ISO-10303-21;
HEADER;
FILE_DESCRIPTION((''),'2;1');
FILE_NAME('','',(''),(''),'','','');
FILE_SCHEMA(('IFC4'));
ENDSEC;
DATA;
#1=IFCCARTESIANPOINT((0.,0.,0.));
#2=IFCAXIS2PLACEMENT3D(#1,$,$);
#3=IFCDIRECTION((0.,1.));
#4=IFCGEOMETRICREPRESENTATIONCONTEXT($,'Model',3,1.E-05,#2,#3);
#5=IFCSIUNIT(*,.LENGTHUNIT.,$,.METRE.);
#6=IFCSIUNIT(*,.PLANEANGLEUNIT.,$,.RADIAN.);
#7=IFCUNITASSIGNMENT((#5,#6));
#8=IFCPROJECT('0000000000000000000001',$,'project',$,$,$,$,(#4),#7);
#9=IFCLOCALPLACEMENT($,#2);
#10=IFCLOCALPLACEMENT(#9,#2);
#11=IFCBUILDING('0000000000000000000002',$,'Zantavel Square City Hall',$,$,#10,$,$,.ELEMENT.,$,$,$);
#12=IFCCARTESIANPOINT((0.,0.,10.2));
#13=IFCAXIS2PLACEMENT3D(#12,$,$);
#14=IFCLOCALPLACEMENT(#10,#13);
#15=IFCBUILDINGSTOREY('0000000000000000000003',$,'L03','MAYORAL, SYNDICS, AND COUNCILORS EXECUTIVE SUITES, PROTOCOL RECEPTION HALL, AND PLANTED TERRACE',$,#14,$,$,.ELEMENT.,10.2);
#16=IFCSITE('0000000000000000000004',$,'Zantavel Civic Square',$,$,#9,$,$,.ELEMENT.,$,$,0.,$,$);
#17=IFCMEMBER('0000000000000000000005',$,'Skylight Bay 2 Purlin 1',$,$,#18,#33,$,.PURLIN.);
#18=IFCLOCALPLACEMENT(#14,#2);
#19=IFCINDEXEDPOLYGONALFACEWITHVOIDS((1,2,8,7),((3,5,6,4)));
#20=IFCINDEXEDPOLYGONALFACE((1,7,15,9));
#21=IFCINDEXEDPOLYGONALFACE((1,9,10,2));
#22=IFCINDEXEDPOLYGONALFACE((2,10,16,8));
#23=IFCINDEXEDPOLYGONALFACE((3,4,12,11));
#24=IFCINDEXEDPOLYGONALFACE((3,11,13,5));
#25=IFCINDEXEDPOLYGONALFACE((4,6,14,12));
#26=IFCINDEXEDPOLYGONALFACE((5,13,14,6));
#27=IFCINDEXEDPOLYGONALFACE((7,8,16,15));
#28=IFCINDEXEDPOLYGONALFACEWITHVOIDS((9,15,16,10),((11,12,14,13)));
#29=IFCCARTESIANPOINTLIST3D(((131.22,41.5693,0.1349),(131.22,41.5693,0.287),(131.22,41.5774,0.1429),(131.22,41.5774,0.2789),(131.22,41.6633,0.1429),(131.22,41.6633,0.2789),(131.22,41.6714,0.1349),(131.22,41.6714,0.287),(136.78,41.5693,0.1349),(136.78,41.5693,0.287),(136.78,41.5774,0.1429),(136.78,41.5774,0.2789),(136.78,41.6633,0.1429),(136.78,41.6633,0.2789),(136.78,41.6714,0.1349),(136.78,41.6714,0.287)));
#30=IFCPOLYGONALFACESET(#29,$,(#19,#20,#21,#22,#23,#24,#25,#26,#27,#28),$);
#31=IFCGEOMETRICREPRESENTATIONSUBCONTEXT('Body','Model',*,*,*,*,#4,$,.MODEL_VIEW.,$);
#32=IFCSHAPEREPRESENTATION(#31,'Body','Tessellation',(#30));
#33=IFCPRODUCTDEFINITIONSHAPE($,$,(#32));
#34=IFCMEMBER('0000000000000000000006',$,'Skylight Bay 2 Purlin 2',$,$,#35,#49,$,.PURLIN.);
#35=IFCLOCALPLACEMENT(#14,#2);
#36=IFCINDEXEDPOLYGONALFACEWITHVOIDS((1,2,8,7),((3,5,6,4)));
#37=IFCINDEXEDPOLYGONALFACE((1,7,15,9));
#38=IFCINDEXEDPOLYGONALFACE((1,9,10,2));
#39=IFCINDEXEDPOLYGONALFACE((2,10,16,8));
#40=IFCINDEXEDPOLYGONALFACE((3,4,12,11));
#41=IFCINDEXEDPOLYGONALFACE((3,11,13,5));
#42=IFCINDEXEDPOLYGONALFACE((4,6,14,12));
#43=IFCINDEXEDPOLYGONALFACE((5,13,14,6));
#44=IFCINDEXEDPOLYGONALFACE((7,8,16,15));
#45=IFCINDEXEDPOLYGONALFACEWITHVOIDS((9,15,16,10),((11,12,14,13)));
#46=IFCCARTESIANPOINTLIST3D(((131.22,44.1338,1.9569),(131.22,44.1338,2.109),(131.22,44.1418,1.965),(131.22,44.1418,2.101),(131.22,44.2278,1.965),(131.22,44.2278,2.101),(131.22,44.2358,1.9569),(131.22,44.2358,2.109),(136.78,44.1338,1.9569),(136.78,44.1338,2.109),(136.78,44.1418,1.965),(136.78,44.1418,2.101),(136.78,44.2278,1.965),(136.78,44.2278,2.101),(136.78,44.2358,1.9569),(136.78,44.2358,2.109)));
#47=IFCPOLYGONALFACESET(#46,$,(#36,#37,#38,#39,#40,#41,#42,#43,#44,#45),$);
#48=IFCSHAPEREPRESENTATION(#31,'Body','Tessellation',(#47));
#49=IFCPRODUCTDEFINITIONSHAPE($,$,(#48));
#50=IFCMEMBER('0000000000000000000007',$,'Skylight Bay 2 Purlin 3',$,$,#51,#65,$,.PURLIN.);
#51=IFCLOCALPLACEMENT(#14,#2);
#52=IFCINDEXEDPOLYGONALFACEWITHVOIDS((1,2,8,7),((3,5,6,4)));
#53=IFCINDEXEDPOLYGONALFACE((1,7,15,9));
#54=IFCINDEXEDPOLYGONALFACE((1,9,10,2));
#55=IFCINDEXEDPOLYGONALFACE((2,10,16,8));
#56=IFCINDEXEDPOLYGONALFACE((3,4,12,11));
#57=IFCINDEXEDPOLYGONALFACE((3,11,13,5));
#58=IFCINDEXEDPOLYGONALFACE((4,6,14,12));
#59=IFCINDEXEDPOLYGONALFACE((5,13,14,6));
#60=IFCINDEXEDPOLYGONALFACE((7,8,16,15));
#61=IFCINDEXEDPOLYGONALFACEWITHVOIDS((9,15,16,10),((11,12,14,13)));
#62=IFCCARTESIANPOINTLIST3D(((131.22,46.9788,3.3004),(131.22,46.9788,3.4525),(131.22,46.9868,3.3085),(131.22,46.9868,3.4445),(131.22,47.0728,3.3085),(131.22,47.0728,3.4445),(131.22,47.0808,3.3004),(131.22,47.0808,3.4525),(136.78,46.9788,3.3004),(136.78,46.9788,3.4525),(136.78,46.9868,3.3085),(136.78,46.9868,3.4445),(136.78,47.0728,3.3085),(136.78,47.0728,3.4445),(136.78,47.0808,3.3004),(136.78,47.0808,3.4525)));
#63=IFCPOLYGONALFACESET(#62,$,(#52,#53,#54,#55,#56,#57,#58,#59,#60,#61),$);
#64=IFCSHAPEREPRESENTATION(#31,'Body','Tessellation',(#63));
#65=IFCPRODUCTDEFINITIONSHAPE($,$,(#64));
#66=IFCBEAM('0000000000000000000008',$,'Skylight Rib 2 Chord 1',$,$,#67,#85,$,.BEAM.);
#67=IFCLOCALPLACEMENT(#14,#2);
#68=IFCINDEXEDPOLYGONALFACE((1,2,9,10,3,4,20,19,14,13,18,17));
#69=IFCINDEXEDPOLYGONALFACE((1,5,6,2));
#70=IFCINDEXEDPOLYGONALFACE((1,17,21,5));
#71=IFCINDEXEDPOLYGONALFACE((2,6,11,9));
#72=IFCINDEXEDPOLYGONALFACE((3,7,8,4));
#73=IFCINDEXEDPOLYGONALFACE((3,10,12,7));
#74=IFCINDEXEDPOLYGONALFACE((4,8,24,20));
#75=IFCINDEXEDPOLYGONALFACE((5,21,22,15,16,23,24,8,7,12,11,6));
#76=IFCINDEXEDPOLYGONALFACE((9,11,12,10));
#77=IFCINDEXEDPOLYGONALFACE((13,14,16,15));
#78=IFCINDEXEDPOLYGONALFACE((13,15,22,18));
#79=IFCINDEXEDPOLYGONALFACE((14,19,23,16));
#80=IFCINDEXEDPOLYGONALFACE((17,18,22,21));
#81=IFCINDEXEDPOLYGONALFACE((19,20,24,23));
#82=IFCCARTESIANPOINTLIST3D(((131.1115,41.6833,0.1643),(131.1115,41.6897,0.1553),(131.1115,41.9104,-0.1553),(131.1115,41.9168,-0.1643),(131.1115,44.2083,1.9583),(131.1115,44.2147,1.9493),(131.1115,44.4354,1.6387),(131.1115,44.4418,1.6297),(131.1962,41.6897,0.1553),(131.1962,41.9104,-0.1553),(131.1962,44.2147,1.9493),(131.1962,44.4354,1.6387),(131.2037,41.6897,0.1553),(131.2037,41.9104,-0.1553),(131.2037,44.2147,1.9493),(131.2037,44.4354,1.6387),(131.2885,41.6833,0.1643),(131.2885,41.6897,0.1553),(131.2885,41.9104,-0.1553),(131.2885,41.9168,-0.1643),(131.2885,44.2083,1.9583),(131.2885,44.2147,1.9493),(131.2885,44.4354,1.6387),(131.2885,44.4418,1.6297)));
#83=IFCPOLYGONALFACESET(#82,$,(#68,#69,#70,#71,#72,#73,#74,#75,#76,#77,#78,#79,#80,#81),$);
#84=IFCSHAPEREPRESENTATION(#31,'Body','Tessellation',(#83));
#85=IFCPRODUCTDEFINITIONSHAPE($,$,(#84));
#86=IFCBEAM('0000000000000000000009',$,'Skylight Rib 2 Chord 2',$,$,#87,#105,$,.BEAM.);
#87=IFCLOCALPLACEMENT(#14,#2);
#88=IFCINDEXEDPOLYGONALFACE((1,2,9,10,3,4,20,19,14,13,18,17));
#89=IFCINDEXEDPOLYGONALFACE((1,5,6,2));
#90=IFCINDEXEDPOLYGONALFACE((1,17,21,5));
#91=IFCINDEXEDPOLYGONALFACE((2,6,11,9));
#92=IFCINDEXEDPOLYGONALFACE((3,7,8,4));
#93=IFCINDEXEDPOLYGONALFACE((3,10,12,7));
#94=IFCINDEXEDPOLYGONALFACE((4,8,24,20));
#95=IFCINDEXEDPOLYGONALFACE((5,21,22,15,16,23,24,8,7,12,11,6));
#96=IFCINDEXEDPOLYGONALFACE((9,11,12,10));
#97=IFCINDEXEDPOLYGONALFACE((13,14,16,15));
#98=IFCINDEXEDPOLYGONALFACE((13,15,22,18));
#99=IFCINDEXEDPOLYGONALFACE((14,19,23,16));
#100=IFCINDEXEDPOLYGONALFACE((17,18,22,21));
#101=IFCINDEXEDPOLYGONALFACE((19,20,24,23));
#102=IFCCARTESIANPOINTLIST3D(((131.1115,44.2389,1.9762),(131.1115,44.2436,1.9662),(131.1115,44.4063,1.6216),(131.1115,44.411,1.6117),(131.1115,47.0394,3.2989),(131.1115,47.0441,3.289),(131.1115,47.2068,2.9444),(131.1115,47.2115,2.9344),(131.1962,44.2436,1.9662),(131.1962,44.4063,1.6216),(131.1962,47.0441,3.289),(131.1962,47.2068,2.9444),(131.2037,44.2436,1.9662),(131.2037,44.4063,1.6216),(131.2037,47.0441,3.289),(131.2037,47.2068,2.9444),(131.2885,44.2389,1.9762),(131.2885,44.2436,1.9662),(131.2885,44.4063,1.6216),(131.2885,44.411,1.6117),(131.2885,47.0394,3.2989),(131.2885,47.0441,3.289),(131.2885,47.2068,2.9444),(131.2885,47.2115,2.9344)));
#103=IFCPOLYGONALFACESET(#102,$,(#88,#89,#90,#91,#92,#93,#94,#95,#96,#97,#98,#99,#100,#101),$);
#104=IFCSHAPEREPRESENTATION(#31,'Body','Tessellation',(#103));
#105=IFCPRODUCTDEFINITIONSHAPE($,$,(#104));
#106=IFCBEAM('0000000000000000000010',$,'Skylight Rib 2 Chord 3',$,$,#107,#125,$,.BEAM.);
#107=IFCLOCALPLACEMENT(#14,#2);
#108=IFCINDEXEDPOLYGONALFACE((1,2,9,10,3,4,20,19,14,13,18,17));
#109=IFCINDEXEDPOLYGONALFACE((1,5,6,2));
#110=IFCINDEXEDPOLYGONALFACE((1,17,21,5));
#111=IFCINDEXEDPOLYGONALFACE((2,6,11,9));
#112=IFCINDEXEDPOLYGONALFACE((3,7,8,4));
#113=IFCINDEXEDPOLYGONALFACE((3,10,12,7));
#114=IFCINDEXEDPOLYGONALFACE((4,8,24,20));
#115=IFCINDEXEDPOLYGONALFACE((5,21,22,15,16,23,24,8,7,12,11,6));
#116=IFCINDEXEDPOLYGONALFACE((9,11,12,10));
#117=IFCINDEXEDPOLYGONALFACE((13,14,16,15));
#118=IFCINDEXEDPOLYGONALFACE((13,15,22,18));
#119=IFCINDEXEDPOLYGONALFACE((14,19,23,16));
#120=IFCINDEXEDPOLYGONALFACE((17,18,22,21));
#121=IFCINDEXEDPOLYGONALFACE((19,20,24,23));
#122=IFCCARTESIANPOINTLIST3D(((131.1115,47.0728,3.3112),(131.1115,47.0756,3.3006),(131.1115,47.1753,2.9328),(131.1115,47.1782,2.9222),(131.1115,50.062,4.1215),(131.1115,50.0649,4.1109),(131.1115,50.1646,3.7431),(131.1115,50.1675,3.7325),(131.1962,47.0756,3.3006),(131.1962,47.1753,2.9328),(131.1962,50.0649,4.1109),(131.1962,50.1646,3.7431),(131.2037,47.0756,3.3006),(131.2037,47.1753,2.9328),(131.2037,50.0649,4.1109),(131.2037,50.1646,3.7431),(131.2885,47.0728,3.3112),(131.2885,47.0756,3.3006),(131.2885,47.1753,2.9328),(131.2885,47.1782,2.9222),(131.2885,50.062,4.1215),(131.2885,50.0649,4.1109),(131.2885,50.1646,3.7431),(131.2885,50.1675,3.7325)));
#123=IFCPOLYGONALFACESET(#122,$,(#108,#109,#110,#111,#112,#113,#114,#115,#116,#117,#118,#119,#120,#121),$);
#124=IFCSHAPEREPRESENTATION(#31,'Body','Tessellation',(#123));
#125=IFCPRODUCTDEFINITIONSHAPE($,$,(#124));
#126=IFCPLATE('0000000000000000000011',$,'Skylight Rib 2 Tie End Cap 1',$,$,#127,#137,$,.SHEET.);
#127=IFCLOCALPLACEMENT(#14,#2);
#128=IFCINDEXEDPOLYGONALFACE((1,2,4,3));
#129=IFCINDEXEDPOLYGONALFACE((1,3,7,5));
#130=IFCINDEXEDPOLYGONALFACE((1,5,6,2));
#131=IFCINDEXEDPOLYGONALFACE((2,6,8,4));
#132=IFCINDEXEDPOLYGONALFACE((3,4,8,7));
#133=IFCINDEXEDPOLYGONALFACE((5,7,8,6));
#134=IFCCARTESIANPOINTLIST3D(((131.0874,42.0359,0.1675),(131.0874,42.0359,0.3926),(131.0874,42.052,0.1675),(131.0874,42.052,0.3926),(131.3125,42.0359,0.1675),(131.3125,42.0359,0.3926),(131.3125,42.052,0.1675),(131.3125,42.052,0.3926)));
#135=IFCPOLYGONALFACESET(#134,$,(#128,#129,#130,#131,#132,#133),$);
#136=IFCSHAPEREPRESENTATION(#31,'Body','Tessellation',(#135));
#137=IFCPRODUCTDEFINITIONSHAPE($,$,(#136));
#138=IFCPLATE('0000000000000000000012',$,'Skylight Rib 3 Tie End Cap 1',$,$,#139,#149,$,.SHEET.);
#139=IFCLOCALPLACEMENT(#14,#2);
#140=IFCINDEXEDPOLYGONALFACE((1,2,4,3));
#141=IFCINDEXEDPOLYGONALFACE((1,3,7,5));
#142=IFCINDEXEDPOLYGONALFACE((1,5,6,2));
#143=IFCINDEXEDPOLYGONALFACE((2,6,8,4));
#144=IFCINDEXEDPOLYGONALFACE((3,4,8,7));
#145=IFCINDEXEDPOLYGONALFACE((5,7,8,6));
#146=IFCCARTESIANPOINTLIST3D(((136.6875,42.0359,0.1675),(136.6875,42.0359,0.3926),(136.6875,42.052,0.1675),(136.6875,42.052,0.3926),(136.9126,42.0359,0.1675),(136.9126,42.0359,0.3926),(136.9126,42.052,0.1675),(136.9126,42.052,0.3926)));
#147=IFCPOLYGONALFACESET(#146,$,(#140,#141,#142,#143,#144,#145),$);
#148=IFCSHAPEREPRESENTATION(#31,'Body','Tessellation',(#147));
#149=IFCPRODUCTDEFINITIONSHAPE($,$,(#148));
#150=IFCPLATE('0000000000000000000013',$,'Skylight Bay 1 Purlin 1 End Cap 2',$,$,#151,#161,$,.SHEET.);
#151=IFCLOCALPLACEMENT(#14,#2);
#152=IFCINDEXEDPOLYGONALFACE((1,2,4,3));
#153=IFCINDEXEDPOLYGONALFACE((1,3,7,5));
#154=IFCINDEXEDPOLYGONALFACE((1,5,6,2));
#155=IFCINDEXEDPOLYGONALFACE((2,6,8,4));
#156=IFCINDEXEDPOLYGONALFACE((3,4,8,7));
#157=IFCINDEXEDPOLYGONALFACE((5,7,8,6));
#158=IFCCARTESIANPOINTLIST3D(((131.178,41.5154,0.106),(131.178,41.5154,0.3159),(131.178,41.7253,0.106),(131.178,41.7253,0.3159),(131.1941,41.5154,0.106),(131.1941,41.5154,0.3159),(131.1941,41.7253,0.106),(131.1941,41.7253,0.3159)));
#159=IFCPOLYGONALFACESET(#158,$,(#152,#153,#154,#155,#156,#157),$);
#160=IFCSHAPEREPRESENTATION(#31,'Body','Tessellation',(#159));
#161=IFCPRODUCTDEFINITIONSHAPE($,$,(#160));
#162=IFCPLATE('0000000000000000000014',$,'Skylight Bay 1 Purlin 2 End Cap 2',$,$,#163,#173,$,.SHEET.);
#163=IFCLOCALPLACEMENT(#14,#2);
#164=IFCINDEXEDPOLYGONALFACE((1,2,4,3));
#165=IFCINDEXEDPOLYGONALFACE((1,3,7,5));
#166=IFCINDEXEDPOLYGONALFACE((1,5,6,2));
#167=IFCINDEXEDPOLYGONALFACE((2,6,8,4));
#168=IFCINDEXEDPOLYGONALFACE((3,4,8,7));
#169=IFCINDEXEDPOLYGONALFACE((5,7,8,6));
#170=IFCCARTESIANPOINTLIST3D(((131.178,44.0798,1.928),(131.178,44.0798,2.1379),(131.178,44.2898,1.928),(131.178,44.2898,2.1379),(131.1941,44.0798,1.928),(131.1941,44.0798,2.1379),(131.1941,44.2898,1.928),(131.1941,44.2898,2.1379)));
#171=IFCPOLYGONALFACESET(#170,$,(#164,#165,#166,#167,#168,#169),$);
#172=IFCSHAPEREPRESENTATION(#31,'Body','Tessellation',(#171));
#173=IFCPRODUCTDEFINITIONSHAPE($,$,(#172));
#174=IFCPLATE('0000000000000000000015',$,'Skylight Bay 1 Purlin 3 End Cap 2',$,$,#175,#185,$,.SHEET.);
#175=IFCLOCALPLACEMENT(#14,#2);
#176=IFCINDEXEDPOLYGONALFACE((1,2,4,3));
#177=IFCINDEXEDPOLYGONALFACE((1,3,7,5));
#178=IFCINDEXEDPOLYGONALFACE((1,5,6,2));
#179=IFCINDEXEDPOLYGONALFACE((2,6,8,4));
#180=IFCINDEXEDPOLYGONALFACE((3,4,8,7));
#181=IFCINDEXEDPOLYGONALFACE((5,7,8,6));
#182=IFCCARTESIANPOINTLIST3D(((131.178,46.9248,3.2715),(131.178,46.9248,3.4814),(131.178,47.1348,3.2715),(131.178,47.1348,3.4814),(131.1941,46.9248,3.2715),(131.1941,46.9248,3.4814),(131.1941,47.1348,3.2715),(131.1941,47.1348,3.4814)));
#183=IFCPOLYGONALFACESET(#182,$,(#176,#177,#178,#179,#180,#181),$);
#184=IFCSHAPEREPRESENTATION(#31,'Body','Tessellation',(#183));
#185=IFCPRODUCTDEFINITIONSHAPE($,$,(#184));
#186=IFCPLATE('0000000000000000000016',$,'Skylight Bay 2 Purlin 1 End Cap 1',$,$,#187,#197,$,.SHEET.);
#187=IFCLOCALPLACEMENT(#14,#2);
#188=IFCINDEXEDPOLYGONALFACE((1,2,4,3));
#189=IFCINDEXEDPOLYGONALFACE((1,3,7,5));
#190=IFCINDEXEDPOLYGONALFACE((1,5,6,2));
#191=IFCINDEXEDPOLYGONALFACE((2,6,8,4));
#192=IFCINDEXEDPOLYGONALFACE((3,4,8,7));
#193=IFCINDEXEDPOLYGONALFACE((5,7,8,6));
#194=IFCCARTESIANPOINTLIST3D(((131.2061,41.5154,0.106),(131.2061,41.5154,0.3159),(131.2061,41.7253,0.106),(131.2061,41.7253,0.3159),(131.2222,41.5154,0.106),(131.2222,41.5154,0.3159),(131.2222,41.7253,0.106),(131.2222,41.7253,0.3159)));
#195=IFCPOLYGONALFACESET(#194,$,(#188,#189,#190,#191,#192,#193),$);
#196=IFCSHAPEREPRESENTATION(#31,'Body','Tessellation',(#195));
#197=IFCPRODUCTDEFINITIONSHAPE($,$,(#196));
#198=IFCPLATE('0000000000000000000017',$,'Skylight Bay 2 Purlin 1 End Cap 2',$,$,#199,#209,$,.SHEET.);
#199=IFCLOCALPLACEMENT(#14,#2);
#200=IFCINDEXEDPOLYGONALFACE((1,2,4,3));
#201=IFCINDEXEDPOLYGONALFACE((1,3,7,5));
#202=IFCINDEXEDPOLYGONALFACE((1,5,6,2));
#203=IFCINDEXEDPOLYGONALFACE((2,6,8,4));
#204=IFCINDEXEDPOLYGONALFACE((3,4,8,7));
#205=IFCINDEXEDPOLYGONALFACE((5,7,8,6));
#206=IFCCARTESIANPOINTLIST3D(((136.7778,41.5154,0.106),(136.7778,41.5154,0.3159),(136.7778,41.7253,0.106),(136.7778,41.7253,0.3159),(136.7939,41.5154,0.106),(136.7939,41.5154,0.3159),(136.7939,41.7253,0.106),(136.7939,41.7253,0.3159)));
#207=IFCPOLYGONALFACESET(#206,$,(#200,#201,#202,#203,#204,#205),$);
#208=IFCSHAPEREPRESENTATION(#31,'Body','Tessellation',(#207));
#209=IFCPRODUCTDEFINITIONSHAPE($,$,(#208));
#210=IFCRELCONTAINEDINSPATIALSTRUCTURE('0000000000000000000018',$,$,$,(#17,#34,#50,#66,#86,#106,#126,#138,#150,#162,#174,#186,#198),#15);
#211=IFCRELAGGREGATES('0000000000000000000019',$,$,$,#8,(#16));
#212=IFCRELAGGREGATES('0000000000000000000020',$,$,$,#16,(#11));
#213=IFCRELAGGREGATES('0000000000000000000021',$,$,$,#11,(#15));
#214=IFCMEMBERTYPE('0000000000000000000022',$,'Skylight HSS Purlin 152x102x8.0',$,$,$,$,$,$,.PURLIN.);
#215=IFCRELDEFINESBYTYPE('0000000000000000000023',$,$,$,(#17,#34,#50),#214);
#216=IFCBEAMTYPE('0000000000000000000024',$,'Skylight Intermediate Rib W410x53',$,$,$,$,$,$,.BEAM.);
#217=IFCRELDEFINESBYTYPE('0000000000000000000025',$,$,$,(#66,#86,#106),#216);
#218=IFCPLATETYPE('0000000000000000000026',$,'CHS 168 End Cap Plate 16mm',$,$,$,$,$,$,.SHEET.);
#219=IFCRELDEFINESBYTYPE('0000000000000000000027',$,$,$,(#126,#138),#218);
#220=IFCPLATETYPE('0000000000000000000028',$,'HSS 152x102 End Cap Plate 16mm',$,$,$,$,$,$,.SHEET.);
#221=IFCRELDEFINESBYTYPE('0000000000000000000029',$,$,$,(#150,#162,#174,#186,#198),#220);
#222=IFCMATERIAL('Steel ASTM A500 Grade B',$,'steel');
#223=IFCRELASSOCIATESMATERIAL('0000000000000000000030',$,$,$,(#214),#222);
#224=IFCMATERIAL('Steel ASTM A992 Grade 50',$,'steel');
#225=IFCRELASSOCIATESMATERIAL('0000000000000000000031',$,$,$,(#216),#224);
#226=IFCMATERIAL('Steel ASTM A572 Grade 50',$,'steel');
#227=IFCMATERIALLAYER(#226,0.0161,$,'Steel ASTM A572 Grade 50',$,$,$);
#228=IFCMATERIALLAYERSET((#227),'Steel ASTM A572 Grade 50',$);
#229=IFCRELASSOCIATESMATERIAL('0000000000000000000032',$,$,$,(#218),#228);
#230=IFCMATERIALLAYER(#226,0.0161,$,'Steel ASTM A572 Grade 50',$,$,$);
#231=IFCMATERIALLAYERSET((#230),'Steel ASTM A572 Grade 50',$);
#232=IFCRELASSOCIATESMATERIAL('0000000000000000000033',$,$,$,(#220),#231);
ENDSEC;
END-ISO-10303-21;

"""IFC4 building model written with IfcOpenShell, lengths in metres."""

from ifc_helpers import new_model, si_unit, direction, frame, origin, origin_2d, place, context, subcontext, project, spatial, rectangle, hollow_rectangle, i_section, extrude, material, layer, layer_set, material_profile, profile_set, type_object, element, save


model = new_model("IFC4")

# Units and contexts
model_context = context("Model", 3, precision=1e-05, world=origin(), true_north=direction((0.0, 1.0)))
body_context = subcontext(model_context, "Body", "Model", "MODEL_VIEW")
ifc_project = project(units=[si_unit("LENGTHUNIT", "METRE"), si_unit("PLANEANGLEUNIT", "RADIAN")], contexts=[model_context])

# Site, building, storey
site_placement = place(None, origin())
site = spatial("IfcSite", under=ifc_project, at=site_placement, Name="Zantavel Civic Square", CompositionType="ELEMENT", RefElevation=0.0)
building_placement = place(site_placement, origin())
building = spatial("IfcBuilding", under=site, at=building_placement, Name="Zantavel Square City Hall", CompositionType="ELEMENT")
storey_placement = place(building_placement, frame((0.0, 0.0, 10.2)))
storey = spatial("IfcBuildingStorey", under=building, at=storey_placement, Name="L03", Description="MAYORAL, SYNDICS, AND COUNCILORS EXECUTIVE SUITES, PROTOCOL RECEPTION HALL, AND PLANTED TERRACE", CompositionType="ELEMENT", Elevation=10.2)

# Shared definitions
ifc_material_1 = material(Name="Steel ASTM A992 Grade 50", Category="steel")

# Members
ifc_material_2 = material(Name="Steel ASTM A500 Grade B", Category="steel")
ifc_material_profile_1 = material_profile(ifc_material_2, hollow_rectangle(XDim=0.1021, YDim=0.1521, WallThickness=0.0081, at=origin_2d()), Name="HSS 152x102x8.0")
ifc_profile_set_1 = profile_set([ifc_material_profile_1], Name="Steel ASTM A500 Grade B")
member_type_1 = type_object("IfcMemberType", Name="Skylight HSS Purlin 152x102x8.0", PredefinedType="PURLIN", material=ifc_profile_set_1)
for number, where, z_axis, x_axis, name in (
    (1, (131.22, 41.6204, 0.2109), (1.0, 0.0, 0.0), (0.0, 1.0, 0.0), "Skylight Bay 2 Purlin 1"),
    (2, (131.22, 44.1848, 2.033), (1.0, 0.0, 0.0), (0.0, 1.0, 0.0), "Skylight Bay 2 Purlin 2"),
    (3, (131.22, 47.0298, 3.3765), (1.0, 0.0, 0.0), (0.0, 1.0, 0.0), "Skylight Bay 2 Purlin 3"),
):
    element("IfcMember", number, at=place(storey_placement, frame(where, z_axis=z_axis, x_axis=x_axis)), inside=storey, type_object=member_type_1, Name=name, PredefinedType="PURLIN", context=body_context, shape_type="SweptSolid", body=[
        extrude(hollow_rectangle(XDim=0.1021, YDim=0.1521, WallThickness=0.0081, at=origin_2d()), origin(), (0.0, 0.0, 1.0), 5.5601),
    ])

# Beams
ifc_material_profile_2 = material_profile(ifc_material_1, i_section(OverallWidth=0.177, OverallDepth=0.4031, WebThickness=0.0076, FlangeThickness=0.011, at=origin_2d()), Name="W410x53")
ifc_profile_set_2 = profile_set([ifc_material_profile_2], Name="Steel ASTM A992 Grade 50")
beam_type_1 = type_object("IfcBeamType", Name="Skylight Intermediate Rib W410x53", PredefinedType="BEAM", material=ifc_profile_set_2)
beam_1_placement = place(storey_placement, frame((131.2, 41.8, 0.0), z_axis=(0.0, 0.81519, 0.579193), x_axis=(-1.0, 0.0, 0.0)))
element("IfcBeam", 4, at=beam_1_placement, inside=storey, type_object=beam_type_1, Name="Skylight Rib 2 Chord 1", PredefinedType="BEAM", context=body_context, shape_type="SweptSolid", body=[
    extrude(i_section(OverallWidth=0.177, OverallDepth=0.4031, WebThickness=0.0076, FlangeThickness=0.011, at=origin_2d()), origin(), (0.0, 0.0, 1.0), 3.0974),
])
for number, where, z_axis, x_axis, name in (
    (5, (131.2, 44.325, 1.7939), (0.0, 0.904214, 0.42708), (-1.0, 0.0, 0.0), "Skylight Rib 2 Chord 2"),
    (6, (131.2, 47.1255, 3.1167), (0.0, 0.965168, 0.26163), (-1.0, 0.0, 0.0), "Skylight Rib 2 Chord 3"),
):
    element("IfcBeam", number, at=place(storey_placement, frame(where, z_axis=z_axis, x_axis=x_axis)), inside=storey, type_object=beam_type_1, Name=name, PredefinedType="BEAM", context=body_context, shape_type="SweptSolid", body=[
        extrude(i_section(OverallWidth=0.177, OverallDepth=0.4031, WebThickness=0.0076, FlangeThickness=0.011, at=origin_2d()), origin(), (0.0, 0.0, 1.0), 3.0972),
    ])

# Plates
ifc_material_3 = material(Name="Steel ASTM A572 Grade 50", Category="steel")
ifc_layer_1 = layer(ifc_material_3, 0.0161, Name="Steel ASTM A572 Grade 50")
ifc_layer_set_1 = layer_set([ifc_layer_1], Name="Steel ASTM A572 Grade 50")
plate_type_1 = type_object("IfcPlateType", Name="CHS 168 End Cap Plate 16mm", PredefinedType="SHEET", material=ifc_layer_set_1)
for number, where, z_axis, x_axis, name in (
    (7, (131.2, 42.0439, 0.1675), (0.0, 0.0, 1.0), (0.0, 1.0, 0.0), "Skylight Rib 2 Tie End Cap 1"),
    (8, (136.8, 42.0439, 0.1675), (0.0, 0.0, 1.0), (0.0, 1.0, 0.0), "Skylight Rib 3 Tie End Cap 1"),
):
    element("IfcPlate", number, at=place(storey_placement, frame(where, z_axis=z_axis, x_axis=x_axis)), inside=storey, type_object=plate_type_1, Name=name, PredefinedType="SHEET", context=body_context, shape_type="SweptSolid", body=[
        extrude(rectangle(XDim=0.0161, YDim=0.2251, at=origin_2d()), origin(), (0.0, 0.0, 1.0), 0.2251),
    ])
ifc_layer_2 = layer(ifc_material_3, 0.0161, Name="Steel ASTM A572 Grade 50")
ifc_layer_set_2 = layer_set([ifc_layer_2], Name="Steel ASTM A572 Grade 50")
plate_type_2 = type_object("IfcPlateType", Name="HSS 152x102 End Cap Plate 16mm", PredefinedType="SHEET", material=ifc_layer_set_2)
for number, where, z_axis, x_axis, name in (
    (9, (131.186, 41.6204, 0.106), (0.0, 0.0, 1.0), (1.0, 0.0, 0.0), "Skylight Bay 1 Purlin 1 End Cap 2"),
    (10, (131.186, 44.1848, 1.928), (0.0, 0.0, 1.0), (1.0, 0.0, 0.0), "Skylight Bay 1 Purlin 2 End Cap 2"),
    (11, (131.186, 47.0298, 3.2715), (0.0, 0.0, 1.0), (1.0, 0.0, 0.0), "Skylight Bay 1 Purlin 3 End Cap 2"),
    (12, (131.2141, 41.6204, 0.106), (0.0, 0.0, 1.0), (1.0, 0.0, 0.0), "Skylight Bay 2 Purlin 1 End Cap 1"),
    (13, (136.7859, 41.6204, 0.106), (0.0, 0.0, 1.0), (1.0, 0.0, 0.0), "Skylight Bay 2 Purlin 1 End Cap 2"),
):
    element("IfcPlate", number, at=place(storey_placement, frame(where, z_axis=z_axis, x_axis=x_axis)), inside=storey, type_object=plate_type_2, Name=name, PredefinedType="SHEET", context=body_context, shape_type="SweptSolid", body=[
        extrude(rectangle(XDim=0.0161, YDim=0.21, at=origin_2d()), origin(), (0.0, 0.0, 1.0), 0.21),
    ])

save(model, "model.ifc")
